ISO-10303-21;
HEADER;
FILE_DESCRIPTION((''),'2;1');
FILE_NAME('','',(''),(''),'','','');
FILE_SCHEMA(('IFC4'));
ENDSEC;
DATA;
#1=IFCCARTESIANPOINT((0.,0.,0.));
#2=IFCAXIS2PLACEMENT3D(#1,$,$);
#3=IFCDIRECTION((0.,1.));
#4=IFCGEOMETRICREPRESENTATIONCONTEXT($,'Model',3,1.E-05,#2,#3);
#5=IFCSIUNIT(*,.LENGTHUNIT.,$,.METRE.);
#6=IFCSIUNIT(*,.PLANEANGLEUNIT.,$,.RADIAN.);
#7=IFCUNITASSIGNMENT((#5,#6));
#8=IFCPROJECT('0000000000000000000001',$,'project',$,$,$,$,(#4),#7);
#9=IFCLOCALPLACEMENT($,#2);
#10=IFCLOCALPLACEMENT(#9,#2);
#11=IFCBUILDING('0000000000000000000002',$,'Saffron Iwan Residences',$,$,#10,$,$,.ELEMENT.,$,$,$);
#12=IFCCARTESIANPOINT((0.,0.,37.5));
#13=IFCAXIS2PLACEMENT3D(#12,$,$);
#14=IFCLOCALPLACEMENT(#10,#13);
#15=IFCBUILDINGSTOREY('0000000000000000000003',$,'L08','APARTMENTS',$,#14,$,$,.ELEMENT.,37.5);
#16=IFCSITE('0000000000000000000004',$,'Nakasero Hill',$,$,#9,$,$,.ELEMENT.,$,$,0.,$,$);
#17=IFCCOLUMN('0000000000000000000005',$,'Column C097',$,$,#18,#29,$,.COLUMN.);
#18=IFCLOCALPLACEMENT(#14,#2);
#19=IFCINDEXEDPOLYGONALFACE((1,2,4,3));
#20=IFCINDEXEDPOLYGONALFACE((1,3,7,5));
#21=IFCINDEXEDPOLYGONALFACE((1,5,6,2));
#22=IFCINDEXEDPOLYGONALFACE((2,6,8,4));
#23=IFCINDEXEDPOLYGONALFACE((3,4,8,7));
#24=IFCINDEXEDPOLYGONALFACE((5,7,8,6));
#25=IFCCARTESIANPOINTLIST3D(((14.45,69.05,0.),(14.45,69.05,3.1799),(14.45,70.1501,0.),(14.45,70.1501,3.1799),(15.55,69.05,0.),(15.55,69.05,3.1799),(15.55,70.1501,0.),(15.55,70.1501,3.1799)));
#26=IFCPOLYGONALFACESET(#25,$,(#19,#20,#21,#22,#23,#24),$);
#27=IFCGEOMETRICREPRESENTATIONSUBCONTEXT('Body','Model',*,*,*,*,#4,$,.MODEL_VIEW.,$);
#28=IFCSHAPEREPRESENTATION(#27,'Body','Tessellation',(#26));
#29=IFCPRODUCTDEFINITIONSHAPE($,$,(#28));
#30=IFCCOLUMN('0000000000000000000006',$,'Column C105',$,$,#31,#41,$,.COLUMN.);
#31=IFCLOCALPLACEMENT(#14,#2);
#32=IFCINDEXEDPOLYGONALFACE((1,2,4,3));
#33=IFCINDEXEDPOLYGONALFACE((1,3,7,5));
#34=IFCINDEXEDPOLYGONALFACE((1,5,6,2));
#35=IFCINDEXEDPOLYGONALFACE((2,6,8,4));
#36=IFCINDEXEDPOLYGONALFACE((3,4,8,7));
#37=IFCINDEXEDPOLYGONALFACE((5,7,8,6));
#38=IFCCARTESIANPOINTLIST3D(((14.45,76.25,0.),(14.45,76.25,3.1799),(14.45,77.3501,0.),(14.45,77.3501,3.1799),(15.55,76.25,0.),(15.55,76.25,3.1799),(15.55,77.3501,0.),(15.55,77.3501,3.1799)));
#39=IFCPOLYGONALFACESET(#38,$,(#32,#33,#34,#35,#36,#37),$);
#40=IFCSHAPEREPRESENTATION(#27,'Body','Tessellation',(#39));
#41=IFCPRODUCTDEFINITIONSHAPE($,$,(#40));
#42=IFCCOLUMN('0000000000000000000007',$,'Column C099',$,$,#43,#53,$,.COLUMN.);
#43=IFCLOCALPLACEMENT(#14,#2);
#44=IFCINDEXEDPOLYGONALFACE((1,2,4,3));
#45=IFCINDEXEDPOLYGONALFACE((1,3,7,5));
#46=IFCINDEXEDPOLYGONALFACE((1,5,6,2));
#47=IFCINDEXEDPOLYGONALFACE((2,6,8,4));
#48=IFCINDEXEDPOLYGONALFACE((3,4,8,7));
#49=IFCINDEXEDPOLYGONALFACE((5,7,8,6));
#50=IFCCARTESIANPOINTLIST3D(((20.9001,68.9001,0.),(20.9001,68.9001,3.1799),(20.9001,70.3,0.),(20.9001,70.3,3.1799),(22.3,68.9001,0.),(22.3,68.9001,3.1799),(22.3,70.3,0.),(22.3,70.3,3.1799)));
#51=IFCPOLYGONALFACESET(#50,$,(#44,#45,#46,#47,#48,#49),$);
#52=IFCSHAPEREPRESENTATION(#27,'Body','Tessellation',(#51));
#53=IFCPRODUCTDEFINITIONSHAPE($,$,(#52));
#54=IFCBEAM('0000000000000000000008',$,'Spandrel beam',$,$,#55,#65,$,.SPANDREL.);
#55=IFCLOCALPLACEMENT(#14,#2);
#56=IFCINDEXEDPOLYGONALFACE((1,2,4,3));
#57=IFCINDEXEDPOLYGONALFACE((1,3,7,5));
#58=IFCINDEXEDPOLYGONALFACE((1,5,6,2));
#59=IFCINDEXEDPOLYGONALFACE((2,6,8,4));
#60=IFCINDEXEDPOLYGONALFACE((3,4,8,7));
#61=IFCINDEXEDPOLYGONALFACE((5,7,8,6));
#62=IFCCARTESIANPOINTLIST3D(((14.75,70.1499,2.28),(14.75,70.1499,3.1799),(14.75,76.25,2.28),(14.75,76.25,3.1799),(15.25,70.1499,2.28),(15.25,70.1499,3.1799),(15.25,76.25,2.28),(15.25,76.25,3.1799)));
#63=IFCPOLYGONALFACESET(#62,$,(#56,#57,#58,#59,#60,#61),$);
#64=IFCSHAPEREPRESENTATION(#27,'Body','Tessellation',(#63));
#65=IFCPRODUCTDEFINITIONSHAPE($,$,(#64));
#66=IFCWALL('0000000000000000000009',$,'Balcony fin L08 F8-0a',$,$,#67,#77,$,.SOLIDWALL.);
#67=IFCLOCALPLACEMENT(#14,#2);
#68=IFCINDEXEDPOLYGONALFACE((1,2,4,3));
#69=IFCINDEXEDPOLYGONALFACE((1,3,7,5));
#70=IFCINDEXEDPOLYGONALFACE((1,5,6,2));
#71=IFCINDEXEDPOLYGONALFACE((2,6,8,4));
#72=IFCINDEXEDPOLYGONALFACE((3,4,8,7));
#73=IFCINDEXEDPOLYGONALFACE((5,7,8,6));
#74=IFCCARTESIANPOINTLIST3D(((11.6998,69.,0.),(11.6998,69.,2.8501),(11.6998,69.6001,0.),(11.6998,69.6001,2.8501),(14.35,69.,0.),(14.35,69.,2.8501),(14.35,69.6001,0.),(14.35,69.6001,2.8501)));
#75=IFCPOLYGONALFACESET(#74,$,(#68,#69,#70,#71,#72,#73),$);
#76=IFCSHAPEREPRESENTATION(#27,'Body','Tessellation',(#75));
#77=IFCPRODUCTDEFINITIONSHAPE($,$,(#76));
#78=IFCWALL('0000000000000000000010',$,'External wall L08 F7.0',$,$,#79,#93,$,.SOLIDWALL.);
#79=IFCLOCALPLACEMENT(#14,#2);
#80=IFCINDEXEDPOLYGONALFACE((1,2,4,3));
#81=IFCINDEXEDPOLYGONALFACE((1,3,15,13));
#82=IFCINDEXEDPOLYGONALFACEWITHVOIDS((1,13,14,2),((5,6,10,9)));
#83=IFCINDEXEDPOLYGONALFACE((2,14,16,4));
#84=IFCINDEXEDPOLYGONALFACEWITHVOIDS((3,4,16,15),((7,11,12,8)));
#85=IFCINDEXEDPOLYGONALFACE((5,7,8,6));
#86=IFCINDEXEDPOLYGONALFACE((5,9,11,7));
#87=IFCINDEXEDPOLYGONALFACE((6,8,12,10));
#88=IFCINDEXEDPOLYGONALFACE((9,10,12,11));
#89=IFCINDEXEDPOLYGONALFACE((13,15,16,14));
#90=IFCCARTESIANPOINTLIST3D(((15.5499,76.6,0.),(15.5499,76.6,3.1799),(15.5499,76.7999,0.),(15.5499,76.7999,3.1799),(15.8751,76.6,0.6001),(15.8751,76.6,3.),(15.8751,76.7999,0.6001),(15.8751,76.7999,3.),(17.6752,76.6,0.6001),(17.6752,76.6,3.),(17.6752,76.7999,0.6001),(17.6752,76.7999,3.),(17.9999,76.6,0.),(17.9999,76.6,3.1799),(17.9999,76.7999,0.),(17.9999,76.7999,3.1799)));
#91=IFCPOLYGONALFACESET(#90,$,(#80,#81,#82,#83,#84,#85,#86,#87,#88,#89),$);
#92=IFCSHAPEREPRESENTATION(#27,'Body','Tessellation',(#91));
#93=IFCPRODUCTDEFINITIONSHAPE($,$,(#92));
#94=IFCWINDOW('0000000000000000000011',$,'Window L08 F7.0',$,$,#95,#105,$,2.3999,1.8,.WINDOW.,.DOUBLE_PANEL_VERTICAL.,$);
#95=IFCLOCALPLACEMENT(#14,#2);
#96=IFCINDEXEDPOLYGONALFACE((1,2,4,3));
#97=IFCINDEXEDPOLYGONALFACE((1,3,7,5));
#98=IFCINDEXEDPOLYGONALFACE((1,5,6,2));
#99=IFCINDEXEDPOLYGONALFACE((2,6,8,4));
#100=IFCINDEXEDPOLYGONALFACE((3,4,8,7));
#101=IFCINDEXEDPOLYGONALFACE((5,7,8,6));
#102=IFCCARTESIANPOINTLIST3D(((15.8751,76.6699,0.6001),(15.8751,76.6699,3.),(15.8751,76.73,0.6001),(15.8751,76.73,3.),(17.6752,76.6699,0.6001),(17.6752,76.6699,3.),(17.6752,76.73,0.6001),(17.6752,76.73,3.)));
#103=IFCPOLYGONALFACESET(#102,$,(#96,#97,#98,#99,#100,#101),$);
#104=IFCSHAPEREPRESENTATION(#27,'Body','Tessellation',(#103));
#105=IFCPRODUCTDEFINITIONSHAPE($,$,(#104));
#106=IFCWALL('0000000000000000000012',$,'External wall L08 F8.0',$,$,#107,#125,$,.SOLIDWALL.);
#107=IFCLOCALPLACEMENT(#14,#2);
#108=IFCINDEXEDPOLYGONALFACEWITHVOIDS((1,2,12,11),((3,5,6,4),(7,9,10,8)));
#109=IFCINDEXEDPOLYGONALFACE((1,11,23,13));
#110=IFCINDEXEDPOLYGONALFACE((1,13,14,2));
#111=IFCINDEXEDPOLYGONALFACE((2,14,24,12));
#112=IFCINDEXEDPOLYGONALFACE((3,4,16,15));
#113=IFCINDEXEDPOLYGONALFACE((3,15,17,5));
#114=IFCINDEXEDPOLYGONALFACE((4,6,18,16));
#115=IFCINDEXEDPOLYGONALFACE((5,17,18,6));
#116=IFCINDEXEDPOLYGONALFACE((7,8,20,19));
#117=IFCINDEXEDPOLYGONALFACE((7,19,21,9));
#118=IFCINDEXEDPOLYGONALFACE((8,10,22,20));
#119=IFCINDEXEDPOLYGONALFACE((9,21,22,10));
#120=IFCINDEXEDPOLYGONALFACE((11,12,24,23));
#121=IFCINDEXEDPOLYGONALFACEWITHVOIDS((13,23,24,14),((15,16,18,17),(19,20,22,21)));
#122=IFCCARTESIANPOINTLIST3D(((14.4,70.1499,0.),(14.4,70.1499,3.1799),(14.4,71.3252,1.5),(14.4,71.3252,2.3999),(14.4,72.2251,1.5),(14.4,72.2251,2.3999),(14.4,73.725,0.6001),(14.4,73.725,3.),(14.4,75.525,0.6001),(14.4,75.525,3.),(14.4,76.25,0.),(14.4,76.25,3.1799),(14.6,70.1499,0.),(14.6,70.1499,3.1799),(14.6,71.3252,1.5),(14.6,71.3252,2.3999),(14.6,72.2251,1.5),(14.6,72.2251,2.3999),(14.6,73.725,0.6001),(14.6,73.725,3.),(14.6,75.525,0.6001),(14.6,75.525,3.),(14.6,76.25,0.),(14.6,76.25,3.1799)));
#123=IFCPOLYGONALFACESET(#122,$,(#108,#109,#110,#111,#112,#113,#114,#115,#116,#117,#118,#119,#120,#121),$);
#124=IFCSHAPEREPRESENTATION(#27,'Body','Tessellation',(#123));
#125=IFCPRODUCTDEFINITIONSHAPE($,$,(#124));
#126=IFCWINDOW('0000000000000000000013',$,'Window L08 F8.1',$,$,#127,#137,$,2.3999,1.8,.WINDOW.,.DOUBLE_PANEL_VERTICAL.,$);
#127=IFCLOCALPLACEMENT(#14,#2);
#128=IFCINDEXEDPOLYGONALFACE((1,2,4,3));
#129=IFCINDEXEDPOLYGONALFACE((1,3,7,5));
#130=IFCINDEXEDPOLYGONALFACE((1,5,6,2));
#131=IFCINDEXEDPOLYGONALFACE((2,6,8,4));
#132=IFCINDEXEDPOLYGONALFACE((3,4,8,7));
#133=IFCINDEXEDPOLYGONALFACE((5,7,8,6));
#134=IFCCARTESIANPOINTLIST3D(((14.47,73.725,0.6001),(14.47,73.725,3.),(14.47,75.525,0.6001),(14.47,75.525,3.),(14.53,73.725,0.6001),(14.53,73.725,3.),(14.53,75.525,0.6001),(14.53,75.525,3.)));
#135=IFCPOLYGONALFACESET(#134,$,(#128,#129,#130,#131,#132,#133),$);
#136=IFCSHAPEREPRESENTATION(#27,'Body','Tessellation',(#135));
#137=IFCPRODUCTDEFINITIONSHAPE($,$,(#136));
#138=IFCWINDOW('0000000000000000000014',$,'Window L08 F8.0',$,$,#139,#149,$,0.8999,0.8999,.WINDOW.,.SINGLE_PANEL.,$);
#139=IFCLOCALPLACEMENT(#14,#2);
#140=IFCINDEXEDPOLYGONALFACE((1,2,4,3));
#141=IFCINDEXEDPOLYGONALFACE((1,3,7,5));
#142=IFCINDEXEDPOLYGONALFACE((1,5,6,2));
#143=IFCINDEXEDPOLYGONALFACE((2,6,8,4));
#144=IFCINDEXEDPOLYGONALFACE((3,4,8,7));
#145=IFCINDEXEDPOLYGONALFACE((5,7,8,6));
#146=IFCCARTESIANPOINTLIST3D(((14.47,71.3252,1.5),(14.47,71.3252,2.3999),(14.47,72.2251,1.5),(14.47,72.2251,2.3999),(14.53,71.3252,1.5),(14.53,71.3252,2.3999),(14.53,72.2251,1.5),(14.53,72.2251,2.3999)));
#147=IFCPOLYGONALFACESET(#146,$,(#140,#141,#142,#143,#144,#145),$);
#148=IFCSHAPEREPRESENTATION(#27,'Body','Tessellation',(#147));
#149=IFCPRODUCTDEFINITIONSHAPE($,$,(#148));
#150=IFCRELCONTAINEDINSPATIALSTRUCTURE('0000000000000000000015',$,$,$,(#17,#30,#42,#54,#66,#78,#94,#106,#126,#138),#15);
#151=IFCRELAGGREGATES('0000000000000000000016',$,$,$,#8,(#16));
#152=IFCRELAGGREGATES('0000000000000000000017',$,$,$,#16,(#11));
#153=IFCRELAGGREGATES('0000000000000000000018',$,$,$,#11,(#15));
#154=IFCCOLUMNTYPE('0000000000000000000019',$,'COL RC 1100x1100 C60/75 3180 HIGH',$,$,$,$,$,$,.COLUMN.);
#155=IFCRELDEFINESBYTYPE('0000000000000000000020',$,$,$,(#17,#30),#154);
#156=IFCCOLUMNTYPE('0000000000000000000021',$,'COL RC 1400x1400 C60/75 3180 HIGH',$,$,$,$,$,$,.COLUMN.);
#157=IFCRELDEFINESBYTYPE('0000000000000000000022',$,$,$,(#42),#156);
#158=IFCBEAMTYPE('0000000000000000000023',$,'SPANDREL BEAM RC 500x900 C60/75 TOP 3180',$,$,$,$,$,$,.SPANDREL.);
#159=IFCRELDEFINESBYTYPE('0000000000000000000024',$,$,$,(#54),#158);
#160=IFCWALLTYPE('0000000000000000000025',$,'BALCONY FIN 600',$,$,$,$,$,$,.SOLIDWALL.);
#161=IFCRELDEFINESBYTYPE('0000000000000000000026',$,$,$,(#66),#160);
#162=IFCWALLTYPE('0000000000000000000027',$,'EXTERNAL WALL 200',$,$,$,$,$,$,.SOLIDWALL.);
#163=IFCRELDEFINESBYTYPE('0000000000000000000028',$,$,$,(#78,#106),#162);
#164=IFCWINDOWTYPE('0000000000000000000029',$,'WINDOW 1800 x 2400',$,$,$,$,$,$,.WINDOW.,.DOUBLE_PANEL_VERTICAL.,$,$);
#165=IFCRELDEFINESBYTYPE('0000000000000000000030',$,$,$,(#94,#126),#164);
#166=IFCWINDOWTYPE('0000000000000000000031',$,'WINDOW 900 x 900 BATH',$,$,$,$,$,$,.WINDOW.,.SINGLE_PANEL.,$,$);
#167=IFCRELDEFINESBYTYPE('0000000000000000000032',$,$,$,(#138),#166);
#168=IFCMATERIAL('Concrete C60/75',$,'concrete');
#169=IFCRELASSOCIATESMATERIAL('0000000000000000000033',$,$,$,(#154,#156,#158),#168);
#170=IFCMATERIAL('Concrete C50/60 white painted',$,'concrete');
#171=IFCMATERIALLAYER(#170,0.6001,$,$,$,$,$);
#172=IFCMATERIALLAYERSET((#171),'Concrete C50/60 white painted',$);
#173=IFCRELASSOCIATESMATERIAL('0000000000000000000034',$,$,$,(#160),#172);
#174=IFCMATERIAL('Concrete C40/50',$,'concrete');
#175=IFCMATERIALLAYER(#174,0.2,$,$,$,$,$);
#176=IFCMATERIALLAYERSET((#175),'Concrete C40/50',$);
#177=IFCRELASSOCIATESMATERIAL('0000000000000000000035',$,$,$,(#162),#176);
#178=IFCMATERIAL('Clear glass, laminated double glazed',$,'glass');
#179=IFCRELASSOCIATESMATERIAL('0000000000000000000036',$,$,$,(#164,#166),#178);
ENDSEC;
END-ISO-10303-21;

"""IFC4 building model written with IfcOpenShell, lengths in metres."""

from ifc_helpers import new_model, si_unit, direction, frame, frame_2d, origin, origin_2d, place, context, subcontext, project, spatial, rectangle, extrude, source, transform, mapped, material, layer, layer_set, material_profile, profile_set, type_object, element, fill, save


model = new_model("IFC4")

# Units and contexts
model_context = context("Model", 3, precision=1e-05, world=origin(), true_north=direction((0.0, 1.0)))
body_context = subcontext(model_context, "Body", "Model", "MODEL_VIEW")
ifc_project = project(units=[si_unit("LENGTHUNIT", "METRE"), si_unit("PLANEANGLEUNIT", "RADIAN")], contexts=[model_context])

# Site, building, storey
site_placement = place(None, origin())
site = spatial("IfcSite", under=ifc_project, at=site_placement, Name="Nakasero Hill", CompositionType="ELEMENT", RefElevation=0.0)
building_placement = place(site_placement, origin())
building = spatial("IfcBuilding", under=site, at=building_placement, Name="Saffron Iwan Residences", CompositionType="ELEMENT")
storey_placement = place(building_placement, frame((0.0, 0.0, 37.5)))
storey = spatial("IfcBuildingStorey", under=building, at=storey_placement, Name="L08", Description="APARTMENTS", CompositionType="ELEMENT", Elevation=37.5)

# Columns
ifc_material_1 = material(Name="Concrete C60/75", Category="concrete")
ifc_material_profile_1 = material_profile(ifc_material_1, rectangle(XDim=1.1001, YDim=1.1001, at=origin_2d()), Name="RC 1100x1100")
ifc_profile_set_1 = profile_set([ifc_material_profile_1], Name="Concrete C60/75")
column_type_1 = type_object("IfcColumnType", Name="COL RC 1100x1100 C60/75 3180 HIGH", PredefinedType="COLUMN", material=ifc_profile_set_1)
shared_shape_1 = source(origin(), body_context, "Body", "SweptSolid", [
    extrude(rectangle(XDim=1.1001, YDim=1.1001, at=origin_2d()), origin(), (0.0, 0.0, 1.0), 3.1799),
])
for number, where, z_axis, x_axis, name in (
    (1, (15.0, 69.6001, 0.0), (0.0, 0.0, 1.0), (1.0, 0.0, 0.0), "Column C097"),
    (2, (15.0, 76.8, 0.0), (0.0, 0.0, 1.0), (1.0, 0.0, 0.0), "Column C105"),
):
    element("IfcColumn", number, at=place(storey_placement, frame(where, z_axis=z_axis, x_axis=x_axis)), inside=storey, type_object=column_type_1, Name=name, PredefinedType="COLUMN", context=body_context, shape_type="MappedRepresentation", body=[
        mapped(shared_shape_1, transform((0.0, 0.0, 0.0))),
    ])
ifc_material_profile_2 = material_profile(ifc_material_1, rectangle(XDim=1.3999, YDim=1.3999, at=origin_2d()), Name="RC 1400x1400")
ifc_profile_set_2 = profile_set([ifc_material_profile_2], Name="Concrete C60/75")
column_type_2 = type_object("IfcColumnType", Name="COL RC 1400x1400 C60/75 3180 HIGH", PredefinedType="COLUMN", material=ifc_profile_set_2)
shared_shape_2 = source(origin(), body_context, "Body", "SweptSolid", [
    extrude(rectangle(XDim=1.3999, YDim=1.3999, at=origin_2d()), origin(), (0.0, 0.0, 1.0), 3.1799),
])
column_placement = place(storey_placement, frame((21.6001, 69.6001, 0.0), z_axis=(0.0, 0.0, 1.0), x_axis=(1.0, 0.0, 0.0)))
element("IfcColumn", 3, at=column_placement, inside=storey, type_object=column_type_2, Name="Column C099", PredefinedType="COLUMN", context=body_context, shape_type="MappedRepresentation", body=[
    mapped(shared_shape_2, transform((0.0, 0.0, 0.0))),
])

# Beam
ifc_material_profile_3 = material_profile(ifc_material_1, rectangle(XDim=0.5, YDim=0.8999, at=origin_2d()), Name="RC 500x900")
ifc_profile_set_3 = profile_set([ifc_material_profile_3], Name="Concrete C60/75")
beam_type = type_object("IfcBeamType", Name="SPANDREL BEAM RC 500x900 C60/75 TOP 3180", PredefinedType="SPANDREL", material=ifc_profile_set_3)
shared_shape_3 = source(origin(), body_context, "Body", "SweptSolid", [
    extrude(rectangle(XDim=0.5, YDim=0.8999, at=origin_2d()), origin(), (0.0, 0.0, 1.0), 6.1001),
])
beam_placement = place(storey_placement, frame((15.0, 70.1499, 2.73), z_axis=(0.0, 1.0, 0.0), x_axis=(-1.0, 0.0, 0.0)))
element("IfcBeam", 4, at=beam_placement, inside=storey, type_object=beam_type, Name="Spandrel beam", PredefinedType="SPANDREL", context=body_context, shape_type="MappedRepresentation", body=[
    mapped(shared_shape_3, transform((0.0, 0.0, 0.0))),
])

# Wall
ifc_material_2 = material(Name="Concrete C50/60 white painted", Category="concrete")
ifc_layer_1 = layer(ifc_material_2, 0.6001)
ifc_layer_set_1 = layer_set([ifc_layer_1], Name="Concrete C50/60 white painted")
wall_type_1 = type_object("IfcWallType", Name="BALCONY FIN 600", PredefinedType="SOLIDWALL", material=ifc_layer_set_1)
wall_1_placement = place(storey_placement, frame((14.3501, 69.3, 0.0), z_axis=(0.0, 0.0, 1.0), x_axis=(-1.0, 0.0, 0.0)))
element("IfcWall", 5, at=wall_1_placement, inside=storey, type_object=wall_type_1, Name="Balcony fin L08 F8-0a", PredefinedType="SOLIDWALL", context=body_context, shape_type="SweptSolid", body=[
    extrude(rectangle(XDim=2.6501, YDim=0.6001, at=frame_2d((1.3252, 0.0))), origin(), (0.0, 0.0, 1.0), 2.8501),
])

# Wall, opening, window
ifc_material_3 = material(Name="Concrete C40/50", Category="concrete")
ifc_layer_2 = layer(ifc_material_3, 0.2)
ifc_layer_set_2 = layer_set([ifc_layer_2], Name="Concrete C40/50")
wall_type_2 = type_object("IfcWallType", Name="EXTERNAL WALL 200", PredefinedType="SOLIDWALL", material=ifc_layer_set_2)
wall_2_placement = place(storey_placement, frame((18.0, 76.7, 0.0), z_axis=(0.0, 0.0, 1.0), x_axis=(-1.0, 0.0, 0.0)))
wall_2 = element("IfcWall", 6, at=wall_2_placement, inside=storey, type_object=wall_type_2, Name="External wall L08 F7.0", PredefinedType="SOLIDWALL", context=body_context, shape_type="SweptSolid", body=[
    extrude(rectangle(XDim=2.45, YDim=0.2, at=frame_2d((1.2251, 0.0))), origin(), (0.0, 0.0, 1.0), 3.1799),
])
opening_1_placement = place(wall_2_placement, frame((0.325, 0.0, 0.6001)))
opening_1 = element("IfcOpeningElement", 7, at=opening_1_placement, cuts=wall_2, PredefinedType="OPENING", context=body_context, shape_type="SweptSolid", body=[
    extrude(rectangle(XDim=1.8, YDim=2.3999, at=frame_2d((0.8999, 1.2))), frame((0.0, 0.1099, 0.0), z_axis=(0.0, -1.0, 0.0), x_axis=(1.0, 0.0, 0.0)), (0.0, 0.0, 1.0), 0.22),
])
ifc_material_4 = material(Name="Clear glass, laminated double glazed", Category="glass")
window_type_1 = type_object("IfcWindowType", Name="WINDOW 1800 x 2400", PartitioningType="DOUBLE_PANEL_VERTICAL", PredefinedType="WINDOW", material=ifc_material_4)
window_1_placement = place(opening_1_placement, origin())
window_1 = element("IfcWindow", 8, at=window_1_placement, inside=storey, type_object=window_type_1, Name="Window L08 F7.0", OverallHeight=2.3999, OverallWidth=1.8, PartitioningType="DOUBLE_PANEL_VERTICAL", PredefinedType="WINDOW", context=body_context, shape_type="SweptSolid", body=[
    extrude(rectangle(XDim=1.8, YDim=2.3999, at=frame_2d((0.8999, 1.2))), frame((0.0, 0.03, 0.0), z_axis=(0.0, -1.0, 0.0), x_axis=(1.0, 0.0, 0.0)), (0.0, 0.0, 1.0), 0.0601),
])
fill(opening_1, window_1)

# Wall, openings, windows
wall_3_placement = place(storey_placement, frame((14.5, 76.25, 0.0), z_axis=(0.0, 0.0, 1.0), x_axis=(0.0, -1.0, 0.0)))
wall_3 = element("IfcWall", 9, at=wall_3_placement, inside=storey, type_object=wall_type_2, Name="External wall L08 F8.0", PredefinedType="SOLIDWALL", context=body_context, shape_type="SweptSolid", body=[
    extrude(rectangle(XDim=6.1001, YDim=0.2, at=frame_2d((3.05, 0.0))), origin(), (0.0, 0.0, 1.0), 3.1799),
])
opening_2_placement = place(wall_3_placement, frame((4.0249, 0.0, 1.5)))
opening_2 = element("IfcOpeningElement", 10, at=opening_2_placement, cuts=wall_3, PredefinedType="OPENING", context=body_context, shape_type="SweptSolid", body=[
    extrude(rectangle(XDim=0.8999, YDim=0.8999, at=frame_2d((0.45, 0.45))), frame((0.0, 0.1099, 0.0), z_axis=(0.0, -1.0, 0.0), x_axis=(1.0, 0.0, 0.0)), (0.0, 0.0, 1.0), 0.22),
])
opening_3_placement = place(wall_3_placement, frame((0.7251, 0.0, 0.6001)))
opening_3 = element("IfcOpeningElement", 11, at=opening_3_placement, cuts=wall_3, PredefinedType="OPENING", context=body_context, shape_type="SweptSolid", body=[
    extrude(rectangle(XDim=1.8, YDim=2.3999, at=frame_2d((0.8999, 1.2))), frame((0.0, 0.1099, 0.0), z_axis=(0.0, -1.0, 0.0), x_axis=(1.0, 0.0, 0.0)), (0.0, 0.0, 1.0), 0.22),
])
window_2_placement = place(opening_3_placement, origin())
window_2 = element("IfcWindow", 12, at=window_2_placement, inside=storey, type_object=window_type_1, Name="Window L08 F8.1", OverallHeight=2.3999, OverallWidth=1.8, PartitioningType="DOUBLE_PANEL_VERTICAL", PredefinedType="WINDOW", context=body_context, shape_type="SweptSolid", body=[
    extrude(rectangle(XDim=1.8, YDim=2.3999, at=frame_2d((0.8999, 1.2))), frame((0.0, 0.03, 0.0), z_axis=(0.0, -1.0, 0.0), x_axis=(1.0, 0.0, 0.0)), (0.0, 0.0, 1.0), 0.0601),
])
fill(opening_3, window_2)
window_type_2 = type_object("IfcWindowType", Name="WINDOW 900 x 900 BATH", PartitioningType="SINGLE_PANEL", PredefinedType="WINDOW", material=ifc_material_4)
window_3_placement = place(opening_2_placement, origin())
window_3 = element("IfcWindow", 13, at=window_3_placement, inside=storey, type_object=window_type_2, Name="Window L08 F8.0", OverallHeight=0.8999, OverallWidth=0.8999, PartitioningType="SINGLE_PANEL", PredefinedType="WINDOW", context=body_context, shape_type="SweptSolid", body=[
    extrude(rectangle(XDim=0.8999, YDim=0.8999, at=frame_2d((0.45, 0.45))), frame((0.0, 0.03, 0.0), z_axis=(0.0, -1.0, 0.0), x_axis=(1.0, 0.0, 0.0)), (0.0, 0.0, 1.0), 0.0601),
])
fill(opening_2, window_3)

save(model, "model.ifc")
